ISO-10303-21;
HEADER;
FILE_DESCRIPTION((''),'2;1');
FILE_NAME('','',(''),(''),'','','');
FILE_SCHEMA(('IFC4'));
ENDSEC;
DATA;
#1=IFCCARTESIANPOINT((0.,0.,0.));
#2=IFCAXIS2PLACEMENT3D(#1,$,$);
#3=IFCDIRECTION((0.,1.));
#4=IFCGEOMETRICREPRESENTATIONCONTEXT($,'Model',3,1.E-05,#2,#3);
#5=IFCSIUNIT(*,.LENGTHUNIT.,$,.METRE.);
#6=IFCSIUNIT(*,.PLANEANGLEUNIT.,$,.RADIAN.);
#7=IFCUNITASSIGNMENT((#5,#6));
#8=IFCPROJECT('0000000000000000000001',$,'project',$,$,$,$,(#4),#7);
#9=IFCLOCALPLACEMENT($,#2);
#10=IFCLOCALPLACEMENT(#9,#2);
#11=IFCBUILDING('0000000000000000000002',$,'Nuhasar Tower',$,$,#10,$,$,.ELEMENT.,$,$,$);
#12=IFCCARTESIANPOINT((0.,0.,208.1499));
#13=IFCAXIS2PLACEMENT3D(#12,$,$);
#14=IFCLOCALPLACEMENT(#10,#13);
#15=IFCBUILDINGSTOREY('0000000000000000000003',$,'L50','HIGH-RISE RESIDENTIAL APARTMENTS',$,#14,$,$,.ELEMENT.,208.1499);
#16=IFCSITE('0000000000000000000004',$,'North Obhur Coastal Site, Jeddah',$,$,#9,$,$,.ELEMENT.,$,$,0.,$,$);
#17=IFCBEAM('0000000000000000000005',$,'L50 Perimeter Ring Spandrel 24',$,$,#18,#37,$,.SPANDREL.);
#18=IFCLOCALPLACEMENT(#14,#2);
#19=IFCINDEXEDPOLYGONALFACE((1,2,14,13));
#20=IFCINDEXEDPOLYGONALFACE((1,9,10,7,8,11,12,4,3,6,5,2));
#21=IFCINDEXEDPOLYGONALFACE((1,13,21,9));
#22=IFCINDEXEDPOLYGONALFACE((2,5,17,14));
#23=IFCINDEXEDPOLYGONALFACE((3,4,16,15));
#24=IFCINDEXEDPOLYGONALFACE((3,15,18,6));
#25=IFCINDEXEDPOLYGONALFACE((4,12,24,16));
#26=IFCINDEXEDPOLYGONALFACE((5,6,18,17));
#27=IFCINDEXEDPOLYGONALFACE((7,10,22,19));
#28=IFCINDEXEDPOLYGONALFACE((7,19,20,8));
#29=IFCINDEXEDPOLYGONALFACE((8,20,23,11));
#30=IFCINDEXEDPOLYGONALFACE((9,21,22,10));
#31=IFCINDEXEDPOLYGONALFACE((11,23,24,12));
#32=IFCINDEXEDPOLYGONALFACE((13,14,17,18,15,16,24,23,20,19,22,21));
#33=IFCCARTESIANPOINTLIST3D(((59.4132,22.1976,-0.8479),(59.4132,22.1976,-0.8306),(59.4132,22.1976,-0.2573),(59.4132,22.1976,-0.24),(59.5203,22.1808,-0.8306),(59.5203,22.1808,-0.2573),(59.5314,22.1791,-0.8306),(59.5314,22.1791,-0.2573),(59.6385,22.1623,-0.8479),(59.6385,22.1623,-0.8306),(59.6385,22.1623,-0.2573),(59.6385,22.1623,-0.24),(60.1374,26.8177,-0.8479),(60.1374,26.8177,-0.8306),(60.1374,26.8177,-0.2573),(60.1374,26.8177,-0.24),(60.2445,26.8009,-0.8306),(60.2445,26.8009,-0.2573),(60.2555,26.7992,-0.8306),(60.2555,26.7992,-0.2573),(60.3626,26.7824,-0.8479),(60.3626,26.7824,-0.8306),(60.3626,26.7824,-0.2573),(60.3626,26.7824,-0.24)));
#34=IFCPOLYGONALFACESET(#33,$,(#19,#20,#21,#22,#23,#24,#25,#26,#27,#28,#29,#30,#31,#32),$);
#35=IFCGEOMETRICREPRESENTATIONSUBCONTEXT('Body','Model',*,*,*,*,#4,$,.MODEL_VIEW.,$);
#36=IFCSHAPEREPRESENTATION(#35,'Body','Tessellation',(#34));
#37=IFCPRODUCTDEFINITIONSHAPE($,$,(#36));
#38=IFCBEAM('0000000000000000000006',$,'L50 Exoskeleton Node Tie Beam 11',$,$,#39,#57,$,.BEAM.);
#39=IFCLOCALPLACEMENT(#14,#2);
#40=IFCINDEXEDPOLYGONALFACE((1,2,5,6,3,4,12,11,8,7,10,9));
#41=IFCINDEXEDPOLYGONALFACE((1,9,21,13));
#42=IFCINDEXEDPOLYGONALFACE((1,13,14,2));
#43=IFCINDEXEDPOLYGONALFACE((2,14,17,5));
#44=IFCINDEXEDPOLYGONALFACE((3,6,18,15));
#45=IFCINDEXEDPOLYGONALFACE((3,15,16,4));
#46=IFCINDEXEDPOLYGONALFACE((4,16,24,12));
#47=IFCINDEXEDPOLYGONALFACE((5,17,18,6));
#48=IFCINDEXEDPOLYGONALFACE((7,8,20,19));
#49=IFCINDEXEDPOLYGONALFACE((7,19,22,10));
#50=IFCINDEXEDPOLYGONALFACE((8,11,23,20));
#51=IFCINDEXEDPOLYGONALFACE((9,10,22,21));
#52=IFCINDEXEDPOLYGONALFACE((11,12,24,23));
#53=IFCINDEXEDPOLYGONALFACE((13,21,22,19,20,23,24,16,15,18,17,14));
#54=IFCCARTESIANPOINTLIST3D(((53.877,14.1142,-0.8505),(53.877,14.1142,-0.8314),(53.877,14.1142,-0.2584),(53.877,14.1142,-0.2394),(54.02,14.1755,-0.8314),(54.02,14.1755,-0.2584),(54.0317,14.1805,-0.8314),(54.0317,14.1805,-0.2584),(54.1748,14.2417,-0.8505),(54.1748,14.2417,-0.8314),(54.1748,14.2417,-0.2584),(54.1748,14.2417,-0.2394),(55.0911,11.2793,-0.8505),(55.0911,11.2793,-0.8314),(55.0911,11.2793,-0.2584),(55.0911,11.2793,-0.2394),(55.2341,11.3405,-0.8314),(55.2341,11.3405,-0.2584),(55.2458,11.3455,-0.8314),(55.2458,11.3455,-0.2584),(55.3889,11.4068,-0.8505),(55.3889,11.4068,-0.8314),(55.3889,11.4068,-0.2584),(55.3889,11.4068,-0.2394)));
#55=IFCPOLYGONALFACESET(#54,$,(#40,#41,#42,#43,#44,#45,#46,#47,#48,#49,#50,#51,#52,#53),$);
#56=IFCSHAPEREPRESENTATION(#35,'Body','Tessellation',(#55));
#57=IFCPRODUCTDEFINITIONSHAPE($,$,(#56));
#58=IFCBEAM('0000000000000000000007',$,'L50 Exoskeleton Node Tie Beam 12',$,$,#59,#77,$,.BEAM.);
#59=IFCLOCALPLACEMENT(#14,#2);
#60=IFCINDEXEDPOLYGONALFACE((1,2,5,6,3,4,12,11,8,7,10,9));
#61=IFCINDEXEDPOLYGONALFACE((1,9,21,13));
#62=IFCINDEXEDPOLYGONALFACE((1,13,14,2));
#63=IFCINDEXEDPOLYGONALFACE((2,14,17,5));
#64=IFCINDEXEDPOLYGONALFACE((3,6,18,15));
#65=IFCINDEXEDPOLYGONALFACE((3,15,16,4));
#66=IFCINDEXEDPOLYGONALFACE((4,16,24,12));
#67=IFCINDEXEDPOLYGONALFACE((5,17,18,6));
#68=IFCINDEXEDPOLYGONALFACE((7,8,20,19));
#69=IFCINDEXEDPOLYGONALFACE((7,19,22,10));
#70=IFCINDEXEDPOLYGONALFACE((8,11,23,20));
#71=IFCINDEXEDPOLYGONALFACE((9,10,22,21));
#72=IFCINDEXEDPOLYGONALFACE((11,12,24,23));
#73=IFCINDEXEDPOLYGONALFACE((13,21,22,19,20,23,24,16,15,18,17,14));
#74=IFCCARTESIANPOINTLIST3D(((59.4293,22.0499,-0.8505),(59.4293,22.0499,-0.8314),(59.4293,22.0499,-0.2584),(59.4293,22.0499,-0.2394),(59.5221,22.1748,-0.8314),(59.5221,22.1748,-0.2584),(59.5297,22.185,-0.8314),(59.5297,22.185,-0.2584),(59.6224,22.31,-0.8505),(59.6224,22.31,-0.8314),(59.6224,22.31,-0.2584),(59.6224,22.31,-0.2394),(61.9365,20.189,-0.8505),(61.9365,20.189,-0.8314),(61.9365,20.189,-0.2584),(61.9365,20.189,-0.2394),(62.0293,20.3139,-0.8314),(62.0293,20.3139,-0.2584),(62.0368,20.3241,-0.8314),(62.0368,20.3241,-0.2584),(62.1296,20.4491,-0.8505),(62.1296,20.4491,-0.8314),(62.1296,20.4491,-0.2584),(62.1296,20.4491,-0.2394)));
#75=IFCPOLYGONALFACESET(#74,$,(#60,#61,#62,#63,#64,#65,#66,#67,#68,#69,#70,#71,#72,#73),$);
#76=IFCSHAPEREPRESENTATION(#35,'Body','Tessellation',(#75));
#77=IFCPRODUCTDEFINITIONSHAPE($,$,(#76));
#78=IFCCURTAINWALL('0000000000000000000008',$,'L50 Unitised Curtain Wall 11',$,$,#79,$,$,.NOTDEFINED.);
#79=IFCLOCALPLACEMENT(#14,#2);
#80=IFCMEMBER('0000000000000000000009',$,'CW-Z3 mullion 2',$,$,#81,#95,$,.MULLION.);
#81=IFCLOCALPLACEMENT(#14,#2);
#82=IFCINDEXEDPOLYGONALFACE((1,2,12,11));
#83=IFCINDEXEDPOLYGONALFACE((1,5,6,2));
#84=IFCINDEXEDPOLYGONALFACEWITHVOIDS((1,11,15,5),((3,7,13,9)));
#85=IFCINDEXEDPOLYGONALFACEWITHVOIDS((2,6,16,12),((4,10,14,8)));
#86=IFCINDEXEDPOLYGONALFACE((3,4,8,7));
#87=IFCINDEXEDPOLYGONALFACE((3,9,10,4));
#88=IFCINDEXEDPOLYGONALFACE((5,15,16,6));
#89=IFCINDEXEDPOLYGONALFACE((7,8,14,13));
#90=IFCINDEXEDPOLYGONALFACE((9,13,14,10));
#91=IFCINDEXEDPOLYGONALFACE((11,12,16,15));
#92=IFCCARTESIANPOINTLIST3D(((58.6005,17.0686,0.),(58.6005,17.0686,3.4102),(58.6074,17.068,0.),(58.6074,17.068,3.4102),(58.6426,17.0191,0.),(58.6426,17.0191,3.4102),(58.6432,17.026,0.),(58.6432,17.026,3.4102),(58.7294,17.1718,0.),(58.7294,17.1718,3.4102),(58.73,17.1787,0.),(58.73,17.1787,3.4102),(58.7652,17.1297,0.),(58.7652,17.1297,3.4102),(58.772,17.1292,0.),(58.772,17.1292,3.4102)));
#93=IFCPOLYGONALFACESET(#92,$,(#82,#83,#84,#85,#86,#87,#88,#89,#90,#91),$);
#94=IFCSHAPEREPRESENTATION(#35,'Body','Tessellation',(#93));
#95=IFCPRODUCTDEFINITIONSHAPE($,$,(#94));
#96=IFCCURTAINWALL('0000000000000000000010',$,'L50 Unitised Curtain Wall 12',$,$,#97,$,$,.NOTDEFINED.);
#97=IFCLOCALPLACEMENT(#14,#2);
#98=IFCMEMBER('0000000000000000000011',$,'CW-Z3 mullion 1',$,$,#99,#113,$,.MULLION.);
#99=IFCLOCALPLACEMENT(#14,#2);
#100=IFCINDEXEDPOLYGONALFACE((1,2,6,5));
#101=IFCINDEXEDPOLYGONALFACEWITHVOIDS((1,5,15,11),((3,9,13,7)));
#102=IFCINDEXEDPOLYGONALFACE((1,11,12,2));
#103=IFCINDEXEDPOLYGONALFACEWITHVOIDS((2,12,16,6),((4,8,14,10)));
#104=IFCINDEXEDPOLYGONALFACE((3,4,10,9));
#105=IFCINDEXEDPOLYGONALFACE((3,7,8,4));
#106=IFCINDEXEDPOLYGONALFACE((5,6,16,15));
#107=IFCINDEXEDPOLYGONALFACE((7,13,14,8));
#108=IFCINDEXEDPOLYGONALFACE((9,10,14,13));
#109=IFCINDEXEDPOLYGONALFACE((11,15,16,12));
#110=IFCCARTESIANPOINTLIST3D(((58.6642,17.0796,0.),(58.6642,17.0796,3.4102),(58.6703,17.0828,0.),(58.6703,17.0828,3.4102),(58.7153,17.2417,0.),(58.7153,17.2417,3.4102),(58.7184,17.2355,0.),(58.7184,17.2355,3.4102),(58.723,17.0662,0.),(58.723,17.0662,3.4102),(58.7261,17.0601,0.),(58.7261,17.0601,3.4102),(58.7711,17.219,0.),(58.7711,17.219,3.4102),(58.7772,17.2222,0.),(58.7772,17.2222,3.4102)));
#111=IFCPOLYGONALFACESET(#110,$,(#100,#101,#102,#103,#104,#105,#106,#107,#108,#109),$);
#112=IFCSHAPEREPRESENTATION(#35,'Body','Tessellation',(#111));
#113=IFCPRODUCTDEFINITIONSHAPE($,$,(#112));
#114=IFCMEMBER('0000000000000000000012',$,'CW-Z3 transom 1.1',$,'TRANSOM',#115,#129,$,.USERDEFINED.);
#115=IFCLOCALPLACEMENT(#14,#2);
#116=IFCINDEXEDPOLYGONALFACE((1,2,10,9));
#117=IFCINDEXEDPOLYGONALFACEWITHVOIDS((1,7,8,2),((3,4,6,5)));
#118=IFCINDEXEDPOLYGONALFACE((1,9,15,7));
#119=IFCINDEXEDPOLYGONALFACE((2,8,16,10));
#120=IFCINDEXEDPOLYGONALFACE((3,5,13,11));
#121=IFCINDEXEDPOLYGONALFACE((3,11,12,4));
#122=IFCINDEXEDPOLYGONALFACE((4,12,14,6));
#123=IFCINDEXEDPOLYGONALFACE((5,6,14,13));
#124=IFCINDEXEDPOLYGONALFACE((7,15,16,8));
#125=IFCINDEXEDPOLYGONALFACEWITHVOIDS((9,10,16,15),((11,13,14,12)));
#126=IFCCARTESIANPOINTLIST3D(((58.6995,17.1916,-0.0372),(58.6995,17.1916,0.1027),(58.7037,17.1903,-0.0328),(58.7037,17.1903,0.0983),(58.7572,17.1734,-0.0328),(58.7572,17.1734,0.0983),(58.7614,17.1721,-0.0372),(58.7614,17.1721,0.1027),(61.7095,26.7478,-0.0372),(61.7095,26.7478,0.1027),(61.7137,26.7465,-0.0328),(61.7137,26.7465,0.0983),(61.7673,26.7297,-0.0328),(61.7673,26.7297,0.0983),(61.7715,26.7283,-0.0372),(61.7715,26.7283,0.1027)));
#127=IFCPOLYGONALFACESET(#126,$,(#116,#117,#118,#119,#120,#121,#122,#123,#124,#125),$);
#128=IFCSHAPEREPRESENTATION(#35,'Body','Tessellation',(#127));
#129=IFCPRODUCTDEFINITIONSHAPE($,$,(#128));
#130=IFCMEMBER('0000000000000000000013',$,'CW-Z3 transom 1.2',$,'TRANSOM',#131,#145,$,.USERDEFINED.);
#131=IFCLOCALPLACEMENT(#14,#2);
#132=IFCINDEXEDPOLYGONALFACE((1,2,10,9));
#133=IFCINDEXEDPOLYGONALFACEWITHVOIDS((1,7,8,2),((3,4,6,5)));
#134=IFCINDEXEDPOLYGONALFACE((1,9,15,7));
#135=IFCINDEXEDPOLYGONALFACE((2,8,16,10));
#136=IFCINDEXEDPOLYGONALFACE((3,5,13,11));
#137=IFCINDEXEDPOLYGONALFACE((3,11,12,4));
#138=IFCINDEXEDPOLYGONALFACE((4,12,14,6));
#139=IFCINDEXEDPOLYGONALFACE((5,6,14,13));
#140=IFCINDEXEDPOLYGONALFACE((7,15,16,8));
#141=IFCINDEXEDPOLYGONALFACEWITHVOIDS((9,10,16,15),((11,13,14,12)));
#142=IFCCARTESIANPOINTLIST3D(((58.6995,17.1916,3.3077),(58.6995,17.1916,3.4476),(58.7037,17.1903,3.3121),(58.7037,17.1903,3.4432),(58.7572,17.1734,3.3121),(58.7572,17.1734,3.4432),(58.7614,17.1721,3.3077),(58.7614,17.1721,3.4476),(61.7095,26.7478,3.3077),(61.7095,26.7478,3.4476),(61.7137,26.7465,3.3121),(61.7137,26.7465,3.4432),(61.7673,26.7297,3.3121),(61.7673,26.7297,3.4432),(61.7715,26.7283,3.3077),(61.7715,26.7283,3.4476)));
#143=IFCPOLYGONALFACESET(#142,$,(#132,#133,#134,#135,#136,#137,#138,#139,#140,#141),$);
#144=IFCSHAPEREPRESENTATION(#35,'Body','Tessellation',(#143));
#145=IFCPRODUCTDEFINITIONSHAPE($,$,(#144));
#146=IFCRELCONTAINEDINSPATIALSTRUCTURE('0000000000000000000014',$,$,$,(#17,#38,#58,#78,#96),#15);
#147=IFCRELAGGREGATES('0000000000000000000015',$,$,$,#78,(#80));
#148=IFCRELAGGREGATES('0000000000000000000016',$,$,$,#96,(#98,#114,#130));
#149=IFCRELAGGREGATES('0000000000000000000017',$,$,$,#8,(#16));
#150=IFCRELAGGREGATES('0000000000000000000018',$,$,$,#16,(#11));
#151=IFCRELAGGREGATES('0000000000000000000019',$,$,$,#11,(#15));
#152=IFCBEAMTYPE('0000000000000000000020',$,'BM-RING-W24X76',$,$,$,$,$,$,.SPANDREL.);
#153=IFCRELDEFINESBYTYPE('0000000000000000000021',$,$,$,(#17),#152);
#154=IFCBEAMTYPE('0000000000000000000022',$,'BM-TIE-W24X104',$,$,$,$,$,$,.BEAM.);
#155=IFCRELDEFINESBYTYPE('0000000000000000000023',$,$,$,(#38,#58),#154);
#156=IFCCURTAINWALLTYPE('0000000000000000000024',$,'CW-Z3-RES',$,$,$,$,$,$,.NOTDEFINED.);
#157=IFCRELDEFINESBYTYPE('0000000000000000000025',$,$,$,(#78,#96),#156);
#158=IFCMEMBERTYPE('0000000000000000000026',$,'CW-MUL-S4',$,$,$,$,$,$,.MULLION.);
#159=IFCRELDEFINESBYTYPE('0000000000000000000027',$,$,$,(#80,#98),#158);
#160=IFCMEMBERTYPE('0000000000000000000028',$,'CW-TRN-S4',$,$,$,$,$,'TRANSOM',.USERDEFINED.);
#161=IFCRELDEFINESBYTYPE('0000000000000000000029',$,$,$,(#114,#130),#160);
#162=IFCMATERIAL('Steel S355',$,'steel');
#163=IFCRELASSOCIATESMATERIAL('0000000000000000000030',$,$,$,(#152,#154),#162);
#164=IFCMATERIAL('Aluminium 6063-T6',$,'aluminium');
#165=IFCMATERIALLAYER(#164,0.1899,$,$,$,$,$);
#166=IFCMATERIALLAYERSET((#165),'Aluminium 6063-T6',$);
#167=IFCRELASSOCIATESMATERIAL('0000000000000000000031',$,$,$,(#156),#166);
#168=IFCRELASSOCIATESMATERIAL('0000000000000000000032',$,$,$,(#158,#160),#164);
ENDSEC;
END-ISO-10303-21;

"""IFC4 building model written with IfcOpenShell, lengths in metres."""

from ifc_helpers import new_model, si_unit, direction, frame, origin, origin_2d, place, context, subcontext, project, spatial, hollow_rectangle, i_section, extrude, material, layer, layer_set, material_profile, profile_set, type_object, element, aggregate, save


model = new_model("IFC4")

# Units and contexts
model_context = context("Model", 3, precision=1e-05, world=origin(), true_north=direction((0.0, 1.0)))
body_context = subcontext(model_context, "Body", "Model", "MODEL_VIEW")
ifc_project = project(units=[si_unit("LENGTHUNIT", "METRE"), si_unit("PLANEANGLEUNIT", "RADIAN")], contexts=[model_context])

# Site, building, storey
site_placement = place(None, origin())
site = spatial("IfcSite", under=ifc_project, at=site_placement, Name="North Obhur Coastal Site, Jeddah", CompositionType="ELEMENT", RefElevation=0.0)
building_placement = place(site_placement, origin())
building = spatial("IfcBuilding", under=site, at=building_placement, Name="Nuhasar Tower", CompositionType="ELEMENT")
storey_placement = place(building_placement, frame((0.0, 0.0, 208.1499)))
storey = spatial("IfcBuildingStorey", under=building, at=storey_placement, Name="L50", Description="HIGH-RISE RESIDENTIAL APARTMENTS", CompositionType="ELEMENT", Elevation=208.1499)

# Beams
ifc_material_1 = material(Name="Steel S355", Category="steel")
ifc_material_profile_1 = material_profile(ifc_material_1, i_section(OverallWidth=0.228, OverallDepth=0.6079, WebThickness=0.0112, FlangeThickness=0.0173, at=origin_2d()), Name="W24X76")
ifc_profile_set_1 = profile_set([ifc_material_profile_1], Name="Steel S355")
beam_type_1 = type_object("IfcBeamType", Name="BM-RING-W24X76", PredefinedType="SPANDREL", material=ifc_profile_set_1)
beam_1_placement = place(storey_placement, frame((59.5259, 22.1799, -0.5439), z_axis=(0.154842, 0.987939, 0.0), x_axis=(-0.987939, 0.154842, 0.0)))
element("IfcBeam", 1, at=beam_1_placement, inside=storey, type_object=beam_type_1, Name="L50 Perimeter Ring Spandrel 24", PredefinedType="SPANDREL", context=body_context, shape_type="SweptSolid", body=[
    extrude(i_section(OverallWidth=0.228, OverallDepth=0.6079, WebThickness=0.0112, FlangeThickness=0.0173, at=origin_2d()), origin(), (0.0, 0.0, 1.0), 4.6765),
])
ifc_material_profile_2 = material_profile(ifc_material_1, i_section(OverallWidth=0.324, OverallDepth=0.6111, WebThickness=0.0127, FlangeThickness=0.019, at=origin_2d()), Name="W24X104")
ifc_profile_set_2 = profile_set([ifc_material_profile_2], Name="Steel S355")
beam_type_2 = type_object("IfcBeamType", Name="BM-TIE-W24X104", PredefinedType="BEAM", material=ifc_profile_set_2)
beam_2_placement = place(storey_placement, frame((54.0259, 14.178, -0.5449), z_axis=(0.39368, -0.919247, 0.0), x_axis=(0.919247, 0.39368, 0.0)))
element("IfcBeam", 2, at=beam_2_placement, inside=storey, type_object=beam_type_2, Name="L50 Exoskeleton Node Tie Beam 11", PredefinedType="BEAM", context=body_context, shape_type="SweptSolid", body=[
    extrude(i_section(OverallWidth=0.324, OverallDepth=0.6111, WebThickness=0.0127, FlangeThickness=0.019, at=origin_2d()), origin(), (0.0, 0.0, 1.0), 3.084),
])
beam_3_placement = place(storey_placement, frame((59.5259, 22.1799, -0.5449), z_axis=(0.802983, -0.596001, 0.0), x_axis=(0.596001, 0.802983, 0.0)))
element("IfcBeam", 3, at=beam_3_placement, inside=storey, type_object=beam_type_2, Name="L50 Exoskeleton Node Tie Beam 12", PredefinedType="BEAM", context=body_context, shape_type="SweptSolid", body=[
    extrude(i_section(OverallWidth=0.324, OverallDepth=0.6111, WebThickness=0.0127, FlangeThickness=0.019, at=origin_2d()), origin(), (0.0, 0.0, 1.0), 3.1223),
])

# Curtain wall, member
ifc_material_2 = material(Name="Aluminium 6063-T6", Category="aluminium")
ifc_layer_1 = layer(ifc_material_2, 0.1899)
ifc_layer_set_1 = layer_set([ifc_layer_1], Name="Aluminium 6063-T6")
curtain_wall_type = type_object("IfcCurtainWallType", Name="CW-Z3-RES", PredefinedType="NOTDEFINED", material=ifc_layer_set_1)
curtain_wall_1_placement = place(storey_placement, origin())
curtain_wall_1 = element("IfcCurtainWall", 4, at=curtain_wall_1_placement, inside=storey, type_object=curtain_wall_type, Name="L50 Unitised Curtain Wall 11", PredefinedType="NOTDEFINED")
ifc_material_profile_3 = material_profile(ifc_material_2, hollow_rectangle(XDim=0.0649, YDim=0.1699, WallThickness=0.0049, at=origin_2d()), Name="CWM-4")
ifc_profile_set_3 = profile_set([ifc_material_profile_3], Name="Aluminium 6063-T6")
member_type_1 = type_object("IfcMemberType", Name="CW-MUL-S4", PredefinedType="MULLION", material=ifc_profile_set_3)
member_1_placement = place(storey_placement, frame((58.6863, 17.0989, 0.0), z_axis=(0.0, 0.0, 1.0), x_axis=(-0.647895, 0.761729, 0.0)))
member_1 = element("IfcMember", 5, at=member_1_placement, type_object=member_type_1, Name="CW-Z3 mullion 2", PredefinedType="MULLION", context=body_context, shape_type="SweptSolid", body=[
    extrude(hollow_rectangle(XDim=0.0649, YDim=0.1699, WallThickness=0.0049, at=origin_2d()), origin(), (0.0, 0.0, 1.0), 3.4102),
])

# Curtain wall, members
curtain_wall_2_placement = place(storey_placement, origin())
curtain_wall_2 = element("IfcCurtainWall", 6, at=curtain_wall_2_placement, inside=storey, type_object=curtain_wall_type, Name="L50 Unitised Curtain Wall 12", PredefinedType="NOTDEFINED")
member_2_placement = place(storey_placement, frame((58.7207, 17.1509, 0.0), z_axis=(0.0, 0.0, 1.0), x_axis=(-0.953804, 0.300429, 0.0)))
member_2 = element("IfcMember", 7, at=member_2_placement, type_object=member_type_1, Name="CW-Z3 mullion 1", PredefinedType="MULLION", context=body_context, shape_type="SweptSolid", body=[
    extrude(hollow_rectangle(XDim=0.0649, YDim=0.1699, WallThickness=0.0049, at=origin_2d()), origin(), (0.0, 0.0, 1.0), 3.4102),
])
ifc_material_profile_4 = material_profile(ifc_material_2, hollow_rectangle(XDim=0.0649, YDim=0.1399, WallThickness=0.0044, at=origin_2d()), Name="CWT-4")
ifc_profile_set_4 = profile_set([ifc_material_profile_4], Name="Aluminium 6063-T6")
member_type_2 = type_object("IfcMemberType", Name="CW-TRN-S4", ElementType="TRANSOM", PredefinedType="USERDEFINED", material=ifc_profile_set_4)
member_3_placement = place(storey_placement, frame((58.7305, 17.1819, 0.0327), z_axis=(0.30043, 0.953804, 0.0), x_axis=(-0.953804, 0.30043, 0.0)))
member_3 = element("IfcMember", 8, at=member_3_placement, type_object=member_type_2, Name="CW-Z3 transom 1.1", ObjectType="TRANSOM", PredefinedType="USERDEFINED", context=body_context, shape_type="SweptSolid", body=[
    extrude(hollow_rectangle(XDim=0.0649, YDim=0.1399, WallThickness=0.0044, at=origin_2d()), origin(), (0.0, 0.0, 1.0), 10.019),
])
member_4_placement = place(storey_placement, frame((58.7305, 17.1819, 3.3777), z_axis=(0.30043, 0.953804, 0.0), x_axis=(-0.953804, 0.30043, 0.0)))
member_4 = element("IfcMember", 9, at=member_4_placement, type_object=member_type_2, Name="CW-Z3 transom 1.2", ObjectType="TRANSOM", PredefinedType="USERDEFINED", context=body_context, shape_type="SweptSolid", body=[
    extrude(hollow_rectangle(XDim=0.0649, YDim=0.1399, WallThickness=0.0044, at=origin_2d()), origin(), (0.0, 0.0, 1.0), 10.019),
])

aggregate(curtain_wall_1, [member_1])
aggregate(curtain_wall_2, [member_2, member_3, member_4])

save(model, "model.ifc")
